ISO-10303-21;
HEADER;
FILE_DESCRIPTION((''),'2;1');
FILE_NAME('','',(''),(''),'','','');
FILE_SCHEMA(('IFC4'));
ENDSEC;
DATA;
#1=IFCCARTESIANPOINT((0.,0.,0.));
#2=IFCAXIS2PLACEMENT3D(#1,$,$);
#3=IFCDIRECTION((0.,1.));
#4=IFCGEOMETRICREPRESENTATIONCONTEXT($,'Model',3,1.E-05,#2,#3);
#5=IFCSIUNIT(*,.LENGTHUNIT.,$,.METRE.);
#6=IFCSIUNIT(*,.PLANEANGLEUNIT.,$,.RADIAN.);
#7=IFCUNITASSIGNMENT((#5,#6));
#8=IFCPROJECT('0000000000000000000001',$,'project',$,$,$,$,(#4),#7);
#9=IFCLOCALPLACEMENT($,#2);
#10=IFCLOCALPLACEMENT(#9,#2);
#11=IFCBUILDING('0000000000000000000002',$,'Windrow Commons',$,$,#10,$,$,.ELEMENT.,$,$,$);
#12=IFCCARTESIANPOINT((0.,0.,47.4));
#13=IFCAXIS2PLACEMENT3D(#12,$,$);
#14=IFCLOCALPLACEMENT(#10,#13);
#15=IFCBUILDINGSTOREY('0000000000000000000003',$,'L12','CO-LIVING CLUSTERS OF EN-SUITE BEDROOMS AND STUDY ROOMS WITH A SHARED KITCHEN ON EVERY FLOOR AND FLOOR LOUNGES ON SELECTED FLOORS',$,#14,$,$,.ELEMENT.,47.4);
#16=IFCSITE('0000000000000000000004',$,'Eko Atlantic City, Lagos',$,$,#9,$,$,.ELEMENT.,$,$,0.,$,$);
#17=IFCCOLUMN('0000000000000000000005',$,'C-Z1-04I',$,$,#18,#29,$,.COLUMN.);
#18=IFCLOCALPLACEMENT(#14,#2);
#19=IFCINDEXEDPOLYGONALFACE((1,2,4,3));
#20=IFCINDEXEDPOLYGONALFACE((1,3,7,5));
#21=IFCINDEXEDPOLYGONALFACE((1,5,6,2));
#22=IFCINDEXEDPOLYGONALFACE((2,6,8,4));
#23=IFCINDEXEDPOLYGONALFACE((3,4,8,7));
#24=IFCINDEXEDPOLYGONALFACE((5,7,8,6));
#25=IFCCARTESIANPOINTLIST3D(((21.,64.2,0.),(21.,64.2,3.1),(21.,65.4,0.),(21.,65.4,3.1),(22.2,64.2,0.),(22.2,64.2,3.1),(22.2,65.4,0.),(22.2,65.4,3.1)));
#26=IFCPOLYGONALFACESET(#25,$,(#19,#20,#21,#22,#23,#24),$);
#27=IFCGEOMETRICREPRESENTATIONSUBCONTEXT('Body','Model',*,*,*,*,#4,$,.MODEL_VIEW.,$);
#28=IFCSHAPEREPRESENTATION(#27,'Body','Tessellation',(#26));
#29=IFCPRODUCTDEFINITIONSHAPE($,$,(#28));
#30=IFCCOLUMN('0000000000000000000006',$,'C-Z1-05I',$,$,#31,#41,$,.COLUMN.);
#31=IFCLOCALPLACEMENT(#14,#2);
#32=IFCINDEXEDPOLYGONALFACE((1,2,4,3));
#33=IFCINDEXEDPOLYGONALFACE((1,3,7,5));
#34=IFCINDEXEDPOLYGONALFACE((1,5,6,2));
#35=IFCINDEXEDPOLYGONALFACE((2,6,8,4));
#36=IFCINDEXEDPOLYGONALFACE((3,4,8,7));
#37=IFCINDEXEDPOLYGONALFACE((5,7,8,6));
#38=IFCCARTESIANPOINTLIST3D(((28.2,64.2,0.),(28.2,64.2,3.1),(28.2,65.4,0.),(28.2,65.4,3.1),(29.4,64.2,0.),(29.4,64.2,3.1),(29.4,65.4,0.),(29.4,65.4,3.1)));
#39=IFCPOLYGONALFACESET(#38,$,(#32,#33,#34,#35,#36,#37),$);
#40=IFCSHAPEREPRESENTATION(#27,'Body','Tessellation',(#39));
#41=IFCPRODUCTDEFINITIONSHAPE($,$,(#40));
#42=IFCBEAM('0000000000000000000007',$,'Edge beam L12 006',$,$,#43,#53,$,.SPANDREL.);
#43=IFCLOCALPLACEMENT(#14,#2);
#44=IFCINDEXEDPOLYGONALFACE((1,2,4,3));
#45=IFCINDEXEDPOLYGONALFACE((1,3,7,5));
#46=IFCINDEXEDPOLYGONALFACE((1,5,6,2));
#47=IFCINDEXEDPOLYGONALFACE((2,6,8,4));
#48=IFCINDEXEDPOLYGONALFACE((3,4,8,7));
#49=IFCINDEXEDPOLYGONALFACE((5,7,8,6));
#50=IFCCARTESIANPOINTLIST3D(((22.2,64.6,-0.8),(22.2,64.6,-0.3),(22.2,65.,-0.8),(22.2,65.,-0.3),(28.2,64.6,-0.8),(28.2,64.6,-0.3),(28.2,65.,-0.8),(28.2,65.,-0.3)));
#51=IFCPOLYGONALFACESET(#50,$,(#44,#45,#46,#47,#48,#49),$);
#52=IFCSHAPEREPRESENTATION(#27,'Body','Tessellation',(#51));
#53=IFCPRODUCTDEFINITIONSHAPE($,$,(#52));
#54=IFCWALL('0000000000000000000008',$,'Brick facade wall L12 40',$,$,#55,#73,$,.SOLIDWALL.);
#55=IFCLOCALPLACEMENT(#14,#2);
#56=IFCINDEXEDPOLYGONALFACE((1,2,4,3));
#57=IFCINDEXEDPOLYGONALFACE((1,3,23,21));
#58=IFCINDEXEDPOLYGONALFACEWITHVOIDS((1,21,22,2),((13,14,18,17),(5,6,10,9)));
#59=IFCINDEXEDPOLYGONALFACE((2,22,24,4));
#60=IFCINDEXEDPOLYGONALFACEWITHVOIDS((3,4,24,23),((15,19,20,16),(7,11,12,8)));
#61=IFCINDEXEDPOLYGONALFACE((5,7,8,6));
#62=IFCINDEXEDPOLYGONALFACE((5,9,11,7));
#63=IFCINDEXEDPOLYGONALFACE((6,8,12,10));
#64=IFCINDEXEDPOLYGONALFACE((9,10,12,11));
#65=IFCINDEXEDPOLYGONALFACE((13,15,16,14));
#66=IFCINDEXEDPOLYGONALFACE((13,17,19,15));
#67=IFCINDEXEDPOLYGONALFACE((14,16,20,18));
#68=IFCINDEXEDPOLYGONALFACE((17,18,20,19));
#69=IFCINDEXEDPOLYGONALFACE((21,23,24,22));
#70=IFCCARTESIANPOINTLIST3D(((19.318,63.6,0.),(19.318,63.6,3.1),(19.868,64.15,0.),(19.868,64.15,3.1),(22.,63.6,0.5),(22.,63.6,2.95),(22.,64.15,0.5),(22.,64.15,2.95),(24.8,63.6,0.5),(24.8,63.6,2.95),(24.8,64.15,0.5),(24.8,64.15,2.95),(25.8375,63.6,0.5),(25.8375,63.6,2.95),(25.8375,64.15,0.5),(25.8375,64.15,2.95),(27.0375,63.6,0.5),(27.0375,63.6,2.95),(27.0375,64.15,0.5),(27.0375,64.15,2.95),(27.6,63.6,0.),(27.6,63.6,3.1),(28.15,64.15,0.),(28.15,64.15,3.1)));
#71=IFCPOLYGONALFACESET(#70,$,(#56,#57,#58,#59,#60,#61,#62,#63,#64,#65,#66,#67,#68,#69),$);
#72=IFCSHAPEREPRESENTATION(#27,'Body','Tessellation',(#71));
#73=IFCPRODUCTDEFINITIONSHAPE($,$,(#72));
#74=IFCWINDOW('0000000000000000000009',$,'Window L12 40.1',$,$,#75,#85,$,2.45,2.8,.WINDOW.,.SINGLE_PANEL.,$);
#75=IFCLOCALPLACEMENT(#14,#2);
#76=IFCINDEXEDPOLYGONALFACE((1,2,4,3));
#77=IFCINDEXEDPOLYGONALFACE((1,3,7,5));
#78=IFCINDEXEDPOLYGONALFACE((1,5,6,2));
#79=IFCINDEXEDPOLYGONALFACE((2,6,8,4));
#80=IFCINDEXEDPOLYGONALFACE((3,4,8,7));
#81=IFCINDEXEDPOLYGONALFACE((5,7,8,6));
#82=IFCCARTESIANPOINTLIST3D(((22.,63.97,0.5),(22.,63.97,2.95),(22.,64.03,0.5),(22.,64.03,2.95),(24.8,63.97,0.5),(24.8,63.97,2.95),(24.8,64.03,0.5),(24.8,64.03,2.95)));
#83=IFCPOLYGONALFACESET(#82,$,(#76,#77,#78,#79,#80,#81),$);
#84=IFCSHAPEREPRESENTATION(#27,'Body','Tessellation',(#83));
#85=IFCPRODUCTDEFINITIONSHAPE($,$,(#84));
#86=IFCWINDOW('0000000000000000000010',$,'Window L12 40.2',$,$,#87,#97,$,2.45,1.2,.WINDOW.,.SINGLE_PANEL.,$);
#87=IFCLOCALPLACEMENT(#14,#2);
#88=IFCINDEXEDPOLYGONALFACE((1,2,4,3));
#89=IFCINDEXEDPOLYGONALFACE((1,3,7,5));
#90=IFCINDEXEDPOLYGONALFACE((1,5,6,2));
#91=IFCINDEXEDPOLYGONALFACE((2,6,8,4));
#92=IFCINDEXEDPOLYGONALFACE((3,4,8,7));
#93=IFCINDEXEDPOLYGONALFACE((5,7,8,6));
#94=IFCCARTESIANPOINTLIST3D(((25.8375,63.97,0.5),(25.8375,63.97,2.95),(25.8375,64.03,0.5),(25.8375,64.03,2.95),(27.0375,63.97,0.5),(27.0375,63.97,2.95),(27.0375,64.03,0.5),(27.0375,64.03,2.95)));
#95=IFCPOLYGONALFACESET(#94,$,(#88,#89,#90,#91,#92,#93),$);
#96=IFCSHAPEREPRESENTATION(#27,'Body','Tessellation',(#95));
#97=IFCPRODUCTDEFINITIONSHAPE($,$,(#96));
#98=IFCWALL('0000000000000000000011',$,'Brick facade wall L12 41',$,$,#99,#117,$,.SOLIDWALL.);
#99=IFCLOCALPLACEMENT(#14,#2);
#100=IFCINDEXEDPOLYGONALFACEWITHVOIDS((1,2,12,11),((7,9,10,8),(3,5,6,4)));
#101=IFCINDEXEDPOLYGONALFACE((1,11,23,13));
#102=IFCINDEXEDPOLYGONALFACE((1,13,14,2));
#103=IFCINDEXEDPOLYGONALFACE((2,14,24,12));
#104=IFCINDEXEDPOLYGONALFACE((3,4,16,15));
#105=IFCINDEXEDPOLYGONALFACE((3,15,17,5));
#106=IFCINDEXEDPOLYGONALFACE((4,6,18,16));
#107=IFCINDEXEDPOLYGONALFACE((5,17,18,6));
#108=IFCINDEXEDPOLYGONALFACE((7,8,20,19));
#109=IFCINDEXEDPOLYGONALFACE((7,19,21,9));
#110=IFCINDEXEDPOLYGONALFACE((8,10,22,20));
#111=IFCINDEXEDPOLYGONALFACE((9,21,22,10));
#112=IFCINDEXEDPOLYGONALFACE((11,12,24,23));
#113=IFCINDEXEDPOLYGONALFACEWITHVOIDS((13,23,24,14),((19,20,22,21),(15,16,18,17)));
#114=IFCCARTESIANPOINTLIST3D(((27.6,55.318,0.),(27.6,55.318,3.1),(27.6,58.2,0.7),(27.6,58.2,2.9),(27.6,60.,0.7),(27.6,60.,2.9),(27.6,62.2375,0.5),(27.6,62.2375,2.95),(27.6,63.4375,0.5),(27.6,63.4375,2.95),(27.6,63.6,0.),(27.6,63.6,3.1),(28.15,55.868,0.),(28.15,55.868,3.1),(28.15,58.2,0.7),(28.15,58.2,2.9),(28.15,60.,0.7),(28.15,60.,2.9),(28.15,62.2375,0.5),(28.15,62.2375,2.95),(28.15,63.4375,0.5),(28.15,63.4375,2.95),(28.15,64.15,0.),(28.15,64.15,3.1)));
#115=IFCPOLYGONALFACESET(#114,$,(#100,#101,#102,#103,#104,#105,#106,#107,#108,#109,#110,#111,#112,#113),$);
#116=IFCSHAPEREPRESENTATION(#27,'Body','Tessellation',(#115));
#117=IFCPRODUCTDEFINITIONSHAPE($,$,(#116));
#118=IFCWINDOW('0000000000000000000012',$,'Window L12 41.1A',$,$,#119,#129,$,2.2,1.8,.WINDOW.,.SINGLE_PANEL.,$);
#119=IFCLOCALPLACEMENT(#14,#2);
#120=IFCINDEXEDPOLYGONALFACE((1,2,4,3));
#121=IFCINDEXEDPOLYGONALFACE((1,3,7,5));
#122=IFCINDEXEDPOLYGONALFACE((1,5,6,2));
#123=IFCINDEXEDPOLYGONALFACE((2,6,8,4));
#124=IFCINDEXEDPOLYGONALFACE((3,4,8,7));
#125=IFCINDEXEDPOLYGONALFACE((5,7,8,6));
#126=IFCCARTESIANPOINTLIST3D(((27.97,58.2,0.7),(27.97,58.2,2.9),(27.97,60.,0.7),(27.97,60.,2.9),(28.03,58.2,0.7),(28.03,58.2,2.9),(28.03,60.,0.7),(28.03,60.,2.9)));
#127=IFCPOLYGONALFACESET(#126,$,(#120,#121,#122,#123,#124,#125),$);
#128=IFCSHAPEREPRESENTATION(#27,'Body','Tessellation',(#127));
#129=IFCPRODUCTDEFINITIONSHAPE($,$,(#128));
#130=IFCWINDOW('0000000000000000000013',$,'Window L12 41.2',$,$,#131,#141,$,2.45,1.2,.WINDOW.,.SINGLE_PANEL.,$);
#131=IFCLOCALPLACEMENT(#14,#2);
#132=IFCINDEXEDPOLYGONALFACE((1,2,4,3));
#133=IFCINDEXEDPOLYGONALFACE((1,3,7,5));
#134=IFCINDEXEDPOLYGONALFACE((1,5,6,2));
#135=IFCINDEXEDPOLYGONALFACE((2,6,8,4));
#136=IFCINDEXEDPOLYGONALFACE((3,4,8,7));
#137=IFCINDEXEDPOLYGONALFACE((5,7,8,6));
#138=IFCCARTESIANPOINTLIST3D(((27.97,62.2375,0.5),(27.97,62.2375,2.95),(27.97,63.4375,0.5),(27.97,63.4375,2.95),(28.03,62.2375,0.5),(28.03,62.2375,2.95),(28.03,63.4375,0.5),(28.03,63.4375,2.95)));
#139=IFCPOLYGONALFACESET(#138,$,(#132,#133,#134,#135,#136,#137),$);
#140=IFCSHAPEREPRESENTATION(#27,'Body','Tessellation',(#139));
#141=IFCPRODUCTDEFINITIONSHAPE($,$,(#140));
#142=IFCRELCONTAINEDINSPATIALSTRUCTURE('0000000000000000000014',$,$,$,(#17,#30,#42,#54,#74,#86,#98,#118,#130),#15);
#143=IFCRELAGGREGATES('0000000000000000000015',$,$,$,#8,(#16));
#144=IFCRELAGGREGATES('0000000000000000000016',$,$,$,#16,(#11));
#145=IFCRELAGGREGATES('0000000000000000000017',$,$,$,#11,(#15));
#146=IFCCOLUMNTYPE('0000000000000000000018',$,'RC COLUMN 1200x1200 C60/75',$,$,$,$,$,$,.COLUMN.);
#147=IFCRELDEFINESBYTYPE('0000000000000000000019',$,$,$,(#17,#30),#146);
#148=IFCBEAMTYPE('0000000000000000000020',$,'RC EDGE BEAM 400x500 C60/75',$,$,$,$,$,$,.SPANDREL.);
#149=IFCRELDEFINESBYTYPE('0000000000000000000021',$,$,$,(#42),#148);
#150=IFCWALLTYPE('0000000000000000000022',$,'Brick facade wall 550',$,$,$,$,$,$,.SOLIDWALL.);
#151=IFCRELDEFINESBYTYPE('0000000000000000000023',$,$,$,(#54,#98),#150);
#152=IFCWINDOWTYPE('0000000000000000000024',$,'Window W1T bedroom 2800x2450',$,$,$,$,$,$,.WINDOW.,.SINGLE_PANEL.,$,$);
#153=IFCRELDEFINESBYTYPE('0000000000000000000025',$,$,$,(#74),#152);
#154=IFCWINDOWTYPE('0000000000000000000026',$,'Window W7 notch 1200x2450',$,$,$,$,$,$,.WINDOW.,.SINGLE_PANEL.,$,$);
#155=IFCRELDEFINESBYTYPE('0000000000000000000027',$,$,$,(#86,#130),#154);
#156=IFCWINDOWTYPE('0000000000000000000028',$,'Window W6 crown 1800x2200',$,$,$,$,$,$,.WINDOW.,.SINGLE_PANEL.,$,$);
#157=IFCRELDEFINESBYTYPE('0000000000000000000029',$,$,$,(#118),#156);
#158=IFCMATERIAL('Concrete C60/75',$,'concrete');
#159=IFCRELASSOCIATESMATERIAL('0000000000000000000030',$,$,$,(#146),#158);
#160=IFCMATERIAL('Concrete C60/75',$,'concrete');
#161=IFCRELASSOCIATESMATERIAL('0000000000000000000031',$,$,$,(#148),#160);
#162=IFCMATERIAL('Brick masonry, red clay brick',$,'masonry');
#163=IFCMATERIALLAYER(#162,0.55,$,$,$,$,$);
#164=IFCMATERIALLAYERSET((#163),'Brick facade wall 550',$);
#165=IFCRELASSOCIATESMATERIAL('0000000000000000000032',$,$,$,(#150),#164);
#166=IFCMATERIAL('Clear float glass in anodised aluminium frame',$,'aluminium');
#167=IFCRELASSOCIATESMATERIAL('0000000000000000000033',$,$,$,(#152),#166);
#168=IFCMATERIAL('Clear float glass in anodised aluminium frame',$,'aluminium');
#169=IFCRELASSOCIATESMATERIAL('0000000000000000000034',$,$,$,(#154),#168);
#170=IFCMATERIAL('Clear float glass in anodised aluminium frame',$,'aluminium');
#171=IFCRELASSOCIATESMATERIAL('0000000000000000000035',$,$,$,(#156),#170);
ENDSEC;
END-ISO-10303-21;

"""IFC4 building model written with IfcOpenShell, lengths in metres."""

from ifc_helpers import new_model, si_unit, direction, frame, frame_2d, origin, origin_2d, place, context, subcontext, project, spatial, polyline, rectangle, outline, extrude, material, layer, layer_set, material_profile, profile_set, type_object, element, fill, save


model = new_model("IFC4")

# Units and contexts
model_context = context("Model", 3, precision=1e-05, world=origin(), true_north=direction((0.0, 1.0)))
body_context = subcontext(model_context, "Body", "Model", "MODEL_VIEW")
ifc_project = project(units=[si_unit("LENGTHUNIT", "METRE"), si_unit("PLANEANGLEUNIT", "RADIAN")], contexts=[model_context])

# Site, building, storey
site_placement = place(None, origin())
site = spatial("IfcSite", under=ifc_project, at=site_placement, Name="Eko Atlantic City, Lagos", CompositionType="ELEMENT", RefElevation=0.0)
building_placement = place(site_placement, origin())
building = spatial("IfcBuilding", under=site, at=building_placement, Name="Windrow Commons", CompositionType="ELEMENT")
storey_placement = place(building_placement, frame((0.0, 0.0, 47.4)))
storey = spatial("IfcBuildingStorey", under=building, at=storey_placement, Name="L12", Description="CO-LIVING CLUSTERS OF EN-SUITE BEDROOMS AND STUDY ROOMS WITH A SHARED KITCHEN ON EVERY FLOOR AND FLOOR LOUNGES ON SELECTED FLOORS", CompositionType="ELEMENT", Elevation=47.4)

# Columns
ifc_material_1 = material(Name="Concrete C60/75", Category="concrete")
ifc_material_profile_1 = material_profile(ifc_material_1, rectangle(XDim=1.2, YDim=1.2, at=origin_2d()))
ifc_profile_set_1 = profile_set([ifc_material_profile_1], Name="Concrete C60/75")
column_type = type_object("IfcColumnType", Name="RC COLUMN 1200x1200 C60/75", PredefinedType="COLUMN", material=ifc_profile_set_1)
for number, where, z_axis, x_axis, name in (
    (1, (21.6, 64.8, 0.0), (0.0, 0.0, 1.0), (1.0, 0.0, 0.0), "C-Z1-04I"),
    (2, (28.8, 64.8, 0.0), (0.0, 0.0, 1.0), (1.0, 0.0, 0.0), "C-Z1-05I"),
):
    element("IfcColumn", number, at=place(storey_placement, frame(where, z_axis=z_axis, x_axis=x_axis)), inside=storey, type_object=column_type, Name=name, PredefinedType="COLUMN", context=body_context, shape_type="SweptSolid", body=[
        extrude(rectangle(XDim=1.2, YDim=1.2, at=origin_2d()), origin(), (0.0, 0.0, 1.0), 3.1),
    ])

# Beam
ifc_material_2 = material(Name="Concrete C60/75", Category="concrete")
ifc_material_profile_2 = material_profile(ifc_material_2, rectangle(XDim=0.4, YDim=0.5, at=origin_2d()))
ifc_profile_set_2 = profile_set([ifc_material_profile_2], Name="Concrete C60/75")
beam_type = type_object("IfcBeamType", Name="RC EDGE BEAM 400x500 C60/75", PredefinedType="SPANDREL", material=ifc_profile_set_2)
beam_placement = place(storey_placement, frame((28.2, 64.8, -0.55), z_axis=(-1.0, 0.0, 0.0), x_axis=(0.0, -1.0, 0.0)))
element("IfcBeam", 3, at=beam_placement, inside=storey, type_object=beam_type, Name="Edge beam L12 006", PredefinedType="SPANDREL", context=body_context, shape_type="SweptSolid", body=[
    extrude(rectangle(XDim=0.4, YDim=0.5, at=origin_2d()), origin(), (0.0, 0.0, 1.0), 6.0),
])

# Walls, openings, windows
ifc_material_3 = material(Name="Brick masonry, red clay brick", Category="masonry")
ifc_layer_1 = layer(ifc_material_3, 0.55)
ifc_layer_set_1 = layer_set([ifc_layer_1], Name="Brick facade wall 550")
wall_type_1 = type_object("IfcWallType", Name="Brick facade wall 550", PredefinedType="SOLIDWALL", material=ifc_layer_set_1)
wall_1_placement = place(storey_placement, frame((19.593, 63.875, 0.0), z_axis=(0.0, 0.0, 1.0), x_axis=(1.0, 0.0, 0.0)))
wall_1 = element("IfcWall", 4, at=wall_1_placement, inside=storey, type_object=wall_type_1, Name="Brick facade wall L12 40", PredefinedType="SOLIDWALL", context=body_context, shape_type="SweptSolid", body=[
    extrude(outline(polyline([(-0.275, -0.275), (8.007, -0.275), (8.557, 0.275), (0.275, 0.275), (-0.275, -0.275)])), origin(), (0.0, 0.0, 1.0), 3.1),
])
opening_1_placement = place(wall_1_placement, frame((2.407, 0.0, 0.5)))
opening_1 = element("IfcOpeningElement", 5, at=opening_1_placement, cuts=wall_1, PredefinedType="OPENING", context=body_context, shape_type="SweptSolid", body=[
    extrude(rectangle(XDim=2.8, YDim=2.45, at=frame_2d((1.4, 1.225))), frame((0.0, 0.285, 0.0), z_axis=(0.0, -1.0, 0.0), x_axis=(1.0, 0.0, 0.0)), (0.0, 0.0, 1.0), 0.57),
])
opening_2_placement = place(wall_1_placement, frame((6.2445, 0.0, 0.5)))
opening_2 = element("IfcOpeningElement", 6, at=opening_2_placement, cuts=wall_1, PredefinedType="OPENING", context=body_context, shape_type="SweptSolid", body=[
    extrude(rectangle(XDim=1.2, YDim=2.45, at=frame_2d((0.6, 1.225))), frame((0.0, 0.285, 0.0), z_axis=(0.0, -1.0, 0.0), x_axis=(1.0, 0.0, 0.0)), (0.0, 0.0, 1.0), 0.57),
])
ifc_material_4 = material(Name="Clear float glass in anodised aluminium frame", Category="aluminium")
window_type_1 = type_object("IfcWindowType", Name="Window W1T bedroom 2800x2450", PartitioningType="SINGLE_PANEL", PredefinedType="WINDOW", material=ifc_material_4)
window_1_placement = place(opening_1_placement, origin())
window_1 = element("IfcWindow", 7, at=window_1_placement, inside=storey, type_object=window_type_1, Name="Window L12 40.1", OverallHeight=2.45, OverallWidth=2.8, PartitioningType="SINGLE_PANEL", PredefinedType="WINDOW", context=body_context, shape_type="SweptSolid", body=[
    extrude(rectangle(XDim=2.8, YDim=2.45, at=frame_2d((1.4, 1.225))), frame((0.0, 0.155, 0.0), z_axis=(0.0, -1.0, 0.0), x_axis=(1.0, 0.0, 0.0)), (0.0, 0.0, 1.0), 0.06),
])
fill(opening_1, window_1)
ifc_material_5 = material(Name="Clear float glass in anodised aluminium frame", Category="aluminium")
window_type_2 = type_object("IfcWindowType", Name="Window W7 notch 1200x2450", PartitioningType="SINGLE_PANEL", PredefinedType="WINDOW", material=ifc_material_5)
window_2_placement = place(opening_2_placement, origin())
window_2 = element("IfcWindow", 8, at=window_2_placement, inside=storey, type_object=window_type_2, Name="Window L12 40.2", OverallHeight=2.45, OverallWidth=1.2, PartitioningType="SINGLE_PANEL", PredefinedType="WINDOW", context=body_context, shape_type="SweptSolid", body=[
    extrude(rectangle(XDim=1.2, YDim=2.45, at=frame_2d((0.6, 1.225))), frame((0.0, 0.155, 0.0), z_axis=(0.0, -1.0, 0.0), x_axis=(1.0, 0.0, 0.0)), (0.0, 0.0, 1.0), 0.06),
])
fill(opening_2, window_2)
wall_2_placement = place(storey_placement, frame((27.875, 63.875, 0.0), z_axis=(0.0, 0.0, 1.0), x_axis=(0.0, -1.0, 0.0)))
wall_2 = element("IfcWall", 9, at=wall_2_placement, inside=storey, type_object=wall_type_1, Name="Brick facade wall L12 41", PredefinedType="SOLIDWALL", context=body_context, shape_type="SweptSolid", body=[
    extrude(outline(polyline([(0.275, -0.275), (8.557, -0.275), (8.007, 0.275), (-0.275, 0.275), (0.275, -0.275)])), origin(), (0.0, 0.0, 1.0), 3.1),
])
opening_3_placement = place(wall_2_placement, frame((0.4375, 0.0, 0.5)))
opening_3 = element("IfcOpeningElement", 10, at=opening_3_placement, cuts=wall_2, PredefinedType="OPENING", context=body_context, shape_type="SweptSolid", body=[
    extrude(rectangle(XDim=1.2, YDim=2.45, at=frame_2d((0.6, 1.225))), frame((0.0, 0.285, 0.0), z_axis=(0.0, -1.0, 0.0), x_axis=(1.0, 0.0, 0.0)), (0.0, 0.0, 1.0), 0.57),
])
opening_4_placement = place(wall_2_placement, frame((3.875, 0.0, 0.7)))
opening_4 = element("IfcOpeningElement", 11, at=opening_4_placement, cuts=wall_2, PredefinedType="OPENING", context=body_context, shape_type="SweptSolid", body=[
    extrude(rectangle(XDim=1.8, YDim=2.2, at=frame_2d((0.9, 1.1))), frame((0.0, 0.285, 0.0), z_axis=(0.0, -1.0, 0.0), x_axis=(1.0, 0.0, 0.0)), (0.0, 0.0, 1.0), 0.57),
])
ifc_material_6 = material(Name="Clear float glass in anodised aluminium frame", Category="aluminium")
window_type_3 = type_object("IfcWindowType", Name="Window W6 crown 1800x2200", PartitioningType="SINGLE_PANEL", PredefinedType="WINDOW", material=ifc_material_6)
window_3_placement = place(opening_4_placement, origin())
window_3 = element("IfcWindow", 12, at=window_3_placement, inside=storey, type_object=window_type_3, Name="Window L12 41.1A", OverallHeight=2.2, OverallWidth=1.8, PartitioningType="SINGLE_PANEL", PredefinedType="WINDOW", context=body_context, shape_type="SweptSolid", body=[
    extrude(rectangle(XDim=1.8, YDim=2.2, at=frame_2d((0.9, 1.1))), frame((0.0, 0.155, 0.0), z_axis=(0.0, -1.0, 0.0), x_axis=(1.0, 0.0, 0.0)), (0.0, 0.0, 1.0), 0.06),
])
fill(opening_4, window_3)
window_4_placement = place(opening_3_placement, origin())
window_4 = element("IfcWindow", 13, at=window_4_placement, inside=storey, type_object=window_type_2, Name="Window L12 41.2", OverallHeight=2.45, OverallWidth=1.2, PartitioningType="SINGLE_PANEL", PredefinedType="WINDOW", context=body_context, shape_type="SweptSolid", body=[
    extrude(rectangle(XDim=1.2, YDim=2.45, at=frame_2d((0.6, 1.225))), frame((0.0, 0.155, 0.0), z_axis=(0.0, -1.0, 0.0), x_axis=(1.0, 0.0, 0.0)), (0.0, 0.0, 1.0), 0.06),
])
fill(opening_3, window_4)

save(model, "model.ifc")
